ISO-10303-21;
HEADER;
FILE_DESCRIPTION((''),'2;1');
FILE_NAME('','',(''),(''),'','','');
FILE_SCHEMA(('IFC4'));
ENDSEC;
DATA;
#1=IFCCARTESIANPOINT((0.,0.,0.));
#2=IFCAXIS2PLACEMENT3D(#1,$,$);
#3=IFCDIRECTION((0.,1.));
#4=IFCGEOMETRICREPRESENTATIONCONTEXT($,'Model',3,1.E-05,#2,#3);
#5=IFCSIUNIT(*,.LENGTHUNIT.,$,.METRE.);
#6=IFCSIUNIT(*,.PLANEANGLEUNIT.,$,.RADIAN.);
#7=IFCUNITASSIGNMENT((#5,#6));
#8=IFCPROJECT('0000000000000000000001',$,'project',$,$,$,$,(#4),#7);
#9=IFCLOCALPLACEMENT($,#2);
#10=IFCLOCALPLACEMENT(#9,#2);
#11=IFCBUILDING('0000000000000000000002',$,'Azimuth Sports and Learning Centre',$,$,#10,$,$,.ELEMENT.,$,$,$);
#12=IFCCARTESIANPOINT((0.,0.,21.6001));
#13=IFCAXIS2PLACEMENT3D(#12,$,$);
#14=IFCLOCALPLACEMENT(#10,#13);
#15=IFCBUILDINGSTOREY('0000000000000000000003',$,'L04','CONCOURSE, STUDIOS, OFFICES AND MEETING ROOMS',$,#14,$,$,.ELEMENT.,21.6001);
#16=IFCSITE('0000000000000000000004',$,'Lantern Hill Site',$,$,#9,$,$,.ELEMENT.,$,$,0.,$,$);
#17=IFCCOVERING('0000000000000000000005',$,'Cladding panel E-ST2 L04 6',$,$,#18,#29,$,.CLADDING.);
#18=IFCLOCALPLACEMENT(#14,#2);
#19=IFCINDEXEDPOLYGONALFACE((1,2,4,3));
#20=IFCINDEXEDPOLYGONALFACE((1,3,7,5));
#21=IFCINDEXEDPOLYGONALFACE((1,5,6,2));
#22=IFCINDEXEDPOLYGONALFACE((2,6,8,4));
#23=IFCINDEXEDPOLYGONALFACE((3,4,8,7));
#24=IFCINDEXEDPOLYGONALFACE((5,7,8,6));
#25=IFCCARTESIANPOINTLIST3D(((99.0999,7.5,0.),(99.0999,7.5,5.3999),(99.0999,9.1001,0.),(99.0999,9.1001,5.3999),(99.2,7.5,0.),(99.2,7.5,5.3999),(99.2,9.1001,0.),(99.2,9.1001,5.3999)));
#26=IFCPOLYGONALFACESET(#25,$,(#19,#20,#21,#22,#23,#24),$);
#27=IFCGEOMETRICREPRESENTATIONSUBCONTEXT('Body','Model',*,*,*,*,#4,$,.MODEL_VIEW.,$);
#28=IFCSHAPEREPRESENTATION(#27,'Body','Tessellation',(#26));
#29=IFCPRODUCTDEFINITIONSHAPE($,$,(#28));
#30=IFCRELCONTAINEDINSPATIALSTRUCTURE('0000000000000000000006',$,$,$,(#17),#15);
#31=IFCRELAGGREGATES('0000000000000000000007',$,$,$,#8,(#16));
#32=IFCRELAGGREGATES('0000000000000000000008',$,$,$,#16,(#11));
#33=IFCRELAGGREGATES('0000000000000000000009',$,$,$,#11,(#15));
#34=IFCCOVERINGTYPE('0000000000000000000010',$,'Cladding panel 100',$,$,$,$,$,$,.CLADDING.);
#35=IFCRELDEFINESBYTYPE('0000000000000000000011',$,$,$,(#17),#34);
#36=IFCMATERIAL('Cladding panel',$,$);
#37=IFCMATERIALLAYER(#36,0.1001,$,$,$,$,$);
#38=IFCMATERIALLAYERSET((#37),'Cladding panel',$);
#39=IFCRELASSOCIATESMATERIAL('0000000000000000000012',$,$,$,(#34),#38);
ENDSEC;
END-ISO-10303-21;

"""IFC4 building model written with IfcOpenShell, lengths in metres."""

from ifc_helpers import new_model, si_unit, direction, frame, origin, origin_2d, place, context, subcontext, project, spatial, rectangle, extrude, material, layer, layer_set, type_object, element, save


model = new_model("IFC4")

# Units and contexts
model_context = context("Model", 3, precision=1e-05, world=origin(), true_north=direction((0.0, 1.0)))
body_context = subcontext(model_context, "Body", "Model", "MODEL_VIEW")
ifc_project = project(units=[si_unit("LENGTHUNIT", "METRE"), si_unit("PLANEANGLEUNIT", "RADIAN")], contexts=[model_context])

# Site, building, storey
site_placement = place(None, origin())
site = spatial("IfcSite", under=ifc_project, at=site_placement, Name="Lantern Hill Site", CompositionType="ELEMENT", RefElevation=0.0)
building_placement = place(site_placement, origin())
building = spatial("IfcBuilding", under=site, at=building_placement, Name="Azimuth Sports and Learning Centre", CompositionType="ELEMENT")
storey_placement = place(building_placement, frame((0.0, 0.0, 21.6001)))
storey = spatial("IfcBuildingStorey", under=building, at=storey_placement, Name="L04", Description="CONCOURSE, STUDIOS, OFFICES AND MEETING ROOMS", CompositionType="ELEMENT", Elevation=21.6001)

# Covering
ifc_material_1 = material(Name="Cladding panel")
ifc_layer_1 = layer(ifc_material_1, 0.1001)
ifc_layer_set_1 = layer_set([ifc_layer_1], Name="Cladding panel")
covering_type = type_object("IfcCoveringType", Name="Cladding panel 100", PredefinedType="CLADDING", material=ifc_layer_set_1)
covering_1_placement = place(storey_placement, frame((99.1499, 8.3, 0.0), z_axis=(0.0, 0.0, 1.0), x_axis=(0.0, 1.0, 0.0)))
element("IfcCovering", 1, at=covering_1_placement, inside=storey, type_object=covering_type, Name="Cladding panel E-ST2 L04 6", PredefinedType="CLADDING", context=body_context, shape_type="SweptSolid", body=[
    extrude(rectangle(XDim=1.6001, YDim=0.1001, at=origin_2d()), origin(), (0.0, 0.0, 1.0), 5.3999),
])

save(model, "model.ifc")
